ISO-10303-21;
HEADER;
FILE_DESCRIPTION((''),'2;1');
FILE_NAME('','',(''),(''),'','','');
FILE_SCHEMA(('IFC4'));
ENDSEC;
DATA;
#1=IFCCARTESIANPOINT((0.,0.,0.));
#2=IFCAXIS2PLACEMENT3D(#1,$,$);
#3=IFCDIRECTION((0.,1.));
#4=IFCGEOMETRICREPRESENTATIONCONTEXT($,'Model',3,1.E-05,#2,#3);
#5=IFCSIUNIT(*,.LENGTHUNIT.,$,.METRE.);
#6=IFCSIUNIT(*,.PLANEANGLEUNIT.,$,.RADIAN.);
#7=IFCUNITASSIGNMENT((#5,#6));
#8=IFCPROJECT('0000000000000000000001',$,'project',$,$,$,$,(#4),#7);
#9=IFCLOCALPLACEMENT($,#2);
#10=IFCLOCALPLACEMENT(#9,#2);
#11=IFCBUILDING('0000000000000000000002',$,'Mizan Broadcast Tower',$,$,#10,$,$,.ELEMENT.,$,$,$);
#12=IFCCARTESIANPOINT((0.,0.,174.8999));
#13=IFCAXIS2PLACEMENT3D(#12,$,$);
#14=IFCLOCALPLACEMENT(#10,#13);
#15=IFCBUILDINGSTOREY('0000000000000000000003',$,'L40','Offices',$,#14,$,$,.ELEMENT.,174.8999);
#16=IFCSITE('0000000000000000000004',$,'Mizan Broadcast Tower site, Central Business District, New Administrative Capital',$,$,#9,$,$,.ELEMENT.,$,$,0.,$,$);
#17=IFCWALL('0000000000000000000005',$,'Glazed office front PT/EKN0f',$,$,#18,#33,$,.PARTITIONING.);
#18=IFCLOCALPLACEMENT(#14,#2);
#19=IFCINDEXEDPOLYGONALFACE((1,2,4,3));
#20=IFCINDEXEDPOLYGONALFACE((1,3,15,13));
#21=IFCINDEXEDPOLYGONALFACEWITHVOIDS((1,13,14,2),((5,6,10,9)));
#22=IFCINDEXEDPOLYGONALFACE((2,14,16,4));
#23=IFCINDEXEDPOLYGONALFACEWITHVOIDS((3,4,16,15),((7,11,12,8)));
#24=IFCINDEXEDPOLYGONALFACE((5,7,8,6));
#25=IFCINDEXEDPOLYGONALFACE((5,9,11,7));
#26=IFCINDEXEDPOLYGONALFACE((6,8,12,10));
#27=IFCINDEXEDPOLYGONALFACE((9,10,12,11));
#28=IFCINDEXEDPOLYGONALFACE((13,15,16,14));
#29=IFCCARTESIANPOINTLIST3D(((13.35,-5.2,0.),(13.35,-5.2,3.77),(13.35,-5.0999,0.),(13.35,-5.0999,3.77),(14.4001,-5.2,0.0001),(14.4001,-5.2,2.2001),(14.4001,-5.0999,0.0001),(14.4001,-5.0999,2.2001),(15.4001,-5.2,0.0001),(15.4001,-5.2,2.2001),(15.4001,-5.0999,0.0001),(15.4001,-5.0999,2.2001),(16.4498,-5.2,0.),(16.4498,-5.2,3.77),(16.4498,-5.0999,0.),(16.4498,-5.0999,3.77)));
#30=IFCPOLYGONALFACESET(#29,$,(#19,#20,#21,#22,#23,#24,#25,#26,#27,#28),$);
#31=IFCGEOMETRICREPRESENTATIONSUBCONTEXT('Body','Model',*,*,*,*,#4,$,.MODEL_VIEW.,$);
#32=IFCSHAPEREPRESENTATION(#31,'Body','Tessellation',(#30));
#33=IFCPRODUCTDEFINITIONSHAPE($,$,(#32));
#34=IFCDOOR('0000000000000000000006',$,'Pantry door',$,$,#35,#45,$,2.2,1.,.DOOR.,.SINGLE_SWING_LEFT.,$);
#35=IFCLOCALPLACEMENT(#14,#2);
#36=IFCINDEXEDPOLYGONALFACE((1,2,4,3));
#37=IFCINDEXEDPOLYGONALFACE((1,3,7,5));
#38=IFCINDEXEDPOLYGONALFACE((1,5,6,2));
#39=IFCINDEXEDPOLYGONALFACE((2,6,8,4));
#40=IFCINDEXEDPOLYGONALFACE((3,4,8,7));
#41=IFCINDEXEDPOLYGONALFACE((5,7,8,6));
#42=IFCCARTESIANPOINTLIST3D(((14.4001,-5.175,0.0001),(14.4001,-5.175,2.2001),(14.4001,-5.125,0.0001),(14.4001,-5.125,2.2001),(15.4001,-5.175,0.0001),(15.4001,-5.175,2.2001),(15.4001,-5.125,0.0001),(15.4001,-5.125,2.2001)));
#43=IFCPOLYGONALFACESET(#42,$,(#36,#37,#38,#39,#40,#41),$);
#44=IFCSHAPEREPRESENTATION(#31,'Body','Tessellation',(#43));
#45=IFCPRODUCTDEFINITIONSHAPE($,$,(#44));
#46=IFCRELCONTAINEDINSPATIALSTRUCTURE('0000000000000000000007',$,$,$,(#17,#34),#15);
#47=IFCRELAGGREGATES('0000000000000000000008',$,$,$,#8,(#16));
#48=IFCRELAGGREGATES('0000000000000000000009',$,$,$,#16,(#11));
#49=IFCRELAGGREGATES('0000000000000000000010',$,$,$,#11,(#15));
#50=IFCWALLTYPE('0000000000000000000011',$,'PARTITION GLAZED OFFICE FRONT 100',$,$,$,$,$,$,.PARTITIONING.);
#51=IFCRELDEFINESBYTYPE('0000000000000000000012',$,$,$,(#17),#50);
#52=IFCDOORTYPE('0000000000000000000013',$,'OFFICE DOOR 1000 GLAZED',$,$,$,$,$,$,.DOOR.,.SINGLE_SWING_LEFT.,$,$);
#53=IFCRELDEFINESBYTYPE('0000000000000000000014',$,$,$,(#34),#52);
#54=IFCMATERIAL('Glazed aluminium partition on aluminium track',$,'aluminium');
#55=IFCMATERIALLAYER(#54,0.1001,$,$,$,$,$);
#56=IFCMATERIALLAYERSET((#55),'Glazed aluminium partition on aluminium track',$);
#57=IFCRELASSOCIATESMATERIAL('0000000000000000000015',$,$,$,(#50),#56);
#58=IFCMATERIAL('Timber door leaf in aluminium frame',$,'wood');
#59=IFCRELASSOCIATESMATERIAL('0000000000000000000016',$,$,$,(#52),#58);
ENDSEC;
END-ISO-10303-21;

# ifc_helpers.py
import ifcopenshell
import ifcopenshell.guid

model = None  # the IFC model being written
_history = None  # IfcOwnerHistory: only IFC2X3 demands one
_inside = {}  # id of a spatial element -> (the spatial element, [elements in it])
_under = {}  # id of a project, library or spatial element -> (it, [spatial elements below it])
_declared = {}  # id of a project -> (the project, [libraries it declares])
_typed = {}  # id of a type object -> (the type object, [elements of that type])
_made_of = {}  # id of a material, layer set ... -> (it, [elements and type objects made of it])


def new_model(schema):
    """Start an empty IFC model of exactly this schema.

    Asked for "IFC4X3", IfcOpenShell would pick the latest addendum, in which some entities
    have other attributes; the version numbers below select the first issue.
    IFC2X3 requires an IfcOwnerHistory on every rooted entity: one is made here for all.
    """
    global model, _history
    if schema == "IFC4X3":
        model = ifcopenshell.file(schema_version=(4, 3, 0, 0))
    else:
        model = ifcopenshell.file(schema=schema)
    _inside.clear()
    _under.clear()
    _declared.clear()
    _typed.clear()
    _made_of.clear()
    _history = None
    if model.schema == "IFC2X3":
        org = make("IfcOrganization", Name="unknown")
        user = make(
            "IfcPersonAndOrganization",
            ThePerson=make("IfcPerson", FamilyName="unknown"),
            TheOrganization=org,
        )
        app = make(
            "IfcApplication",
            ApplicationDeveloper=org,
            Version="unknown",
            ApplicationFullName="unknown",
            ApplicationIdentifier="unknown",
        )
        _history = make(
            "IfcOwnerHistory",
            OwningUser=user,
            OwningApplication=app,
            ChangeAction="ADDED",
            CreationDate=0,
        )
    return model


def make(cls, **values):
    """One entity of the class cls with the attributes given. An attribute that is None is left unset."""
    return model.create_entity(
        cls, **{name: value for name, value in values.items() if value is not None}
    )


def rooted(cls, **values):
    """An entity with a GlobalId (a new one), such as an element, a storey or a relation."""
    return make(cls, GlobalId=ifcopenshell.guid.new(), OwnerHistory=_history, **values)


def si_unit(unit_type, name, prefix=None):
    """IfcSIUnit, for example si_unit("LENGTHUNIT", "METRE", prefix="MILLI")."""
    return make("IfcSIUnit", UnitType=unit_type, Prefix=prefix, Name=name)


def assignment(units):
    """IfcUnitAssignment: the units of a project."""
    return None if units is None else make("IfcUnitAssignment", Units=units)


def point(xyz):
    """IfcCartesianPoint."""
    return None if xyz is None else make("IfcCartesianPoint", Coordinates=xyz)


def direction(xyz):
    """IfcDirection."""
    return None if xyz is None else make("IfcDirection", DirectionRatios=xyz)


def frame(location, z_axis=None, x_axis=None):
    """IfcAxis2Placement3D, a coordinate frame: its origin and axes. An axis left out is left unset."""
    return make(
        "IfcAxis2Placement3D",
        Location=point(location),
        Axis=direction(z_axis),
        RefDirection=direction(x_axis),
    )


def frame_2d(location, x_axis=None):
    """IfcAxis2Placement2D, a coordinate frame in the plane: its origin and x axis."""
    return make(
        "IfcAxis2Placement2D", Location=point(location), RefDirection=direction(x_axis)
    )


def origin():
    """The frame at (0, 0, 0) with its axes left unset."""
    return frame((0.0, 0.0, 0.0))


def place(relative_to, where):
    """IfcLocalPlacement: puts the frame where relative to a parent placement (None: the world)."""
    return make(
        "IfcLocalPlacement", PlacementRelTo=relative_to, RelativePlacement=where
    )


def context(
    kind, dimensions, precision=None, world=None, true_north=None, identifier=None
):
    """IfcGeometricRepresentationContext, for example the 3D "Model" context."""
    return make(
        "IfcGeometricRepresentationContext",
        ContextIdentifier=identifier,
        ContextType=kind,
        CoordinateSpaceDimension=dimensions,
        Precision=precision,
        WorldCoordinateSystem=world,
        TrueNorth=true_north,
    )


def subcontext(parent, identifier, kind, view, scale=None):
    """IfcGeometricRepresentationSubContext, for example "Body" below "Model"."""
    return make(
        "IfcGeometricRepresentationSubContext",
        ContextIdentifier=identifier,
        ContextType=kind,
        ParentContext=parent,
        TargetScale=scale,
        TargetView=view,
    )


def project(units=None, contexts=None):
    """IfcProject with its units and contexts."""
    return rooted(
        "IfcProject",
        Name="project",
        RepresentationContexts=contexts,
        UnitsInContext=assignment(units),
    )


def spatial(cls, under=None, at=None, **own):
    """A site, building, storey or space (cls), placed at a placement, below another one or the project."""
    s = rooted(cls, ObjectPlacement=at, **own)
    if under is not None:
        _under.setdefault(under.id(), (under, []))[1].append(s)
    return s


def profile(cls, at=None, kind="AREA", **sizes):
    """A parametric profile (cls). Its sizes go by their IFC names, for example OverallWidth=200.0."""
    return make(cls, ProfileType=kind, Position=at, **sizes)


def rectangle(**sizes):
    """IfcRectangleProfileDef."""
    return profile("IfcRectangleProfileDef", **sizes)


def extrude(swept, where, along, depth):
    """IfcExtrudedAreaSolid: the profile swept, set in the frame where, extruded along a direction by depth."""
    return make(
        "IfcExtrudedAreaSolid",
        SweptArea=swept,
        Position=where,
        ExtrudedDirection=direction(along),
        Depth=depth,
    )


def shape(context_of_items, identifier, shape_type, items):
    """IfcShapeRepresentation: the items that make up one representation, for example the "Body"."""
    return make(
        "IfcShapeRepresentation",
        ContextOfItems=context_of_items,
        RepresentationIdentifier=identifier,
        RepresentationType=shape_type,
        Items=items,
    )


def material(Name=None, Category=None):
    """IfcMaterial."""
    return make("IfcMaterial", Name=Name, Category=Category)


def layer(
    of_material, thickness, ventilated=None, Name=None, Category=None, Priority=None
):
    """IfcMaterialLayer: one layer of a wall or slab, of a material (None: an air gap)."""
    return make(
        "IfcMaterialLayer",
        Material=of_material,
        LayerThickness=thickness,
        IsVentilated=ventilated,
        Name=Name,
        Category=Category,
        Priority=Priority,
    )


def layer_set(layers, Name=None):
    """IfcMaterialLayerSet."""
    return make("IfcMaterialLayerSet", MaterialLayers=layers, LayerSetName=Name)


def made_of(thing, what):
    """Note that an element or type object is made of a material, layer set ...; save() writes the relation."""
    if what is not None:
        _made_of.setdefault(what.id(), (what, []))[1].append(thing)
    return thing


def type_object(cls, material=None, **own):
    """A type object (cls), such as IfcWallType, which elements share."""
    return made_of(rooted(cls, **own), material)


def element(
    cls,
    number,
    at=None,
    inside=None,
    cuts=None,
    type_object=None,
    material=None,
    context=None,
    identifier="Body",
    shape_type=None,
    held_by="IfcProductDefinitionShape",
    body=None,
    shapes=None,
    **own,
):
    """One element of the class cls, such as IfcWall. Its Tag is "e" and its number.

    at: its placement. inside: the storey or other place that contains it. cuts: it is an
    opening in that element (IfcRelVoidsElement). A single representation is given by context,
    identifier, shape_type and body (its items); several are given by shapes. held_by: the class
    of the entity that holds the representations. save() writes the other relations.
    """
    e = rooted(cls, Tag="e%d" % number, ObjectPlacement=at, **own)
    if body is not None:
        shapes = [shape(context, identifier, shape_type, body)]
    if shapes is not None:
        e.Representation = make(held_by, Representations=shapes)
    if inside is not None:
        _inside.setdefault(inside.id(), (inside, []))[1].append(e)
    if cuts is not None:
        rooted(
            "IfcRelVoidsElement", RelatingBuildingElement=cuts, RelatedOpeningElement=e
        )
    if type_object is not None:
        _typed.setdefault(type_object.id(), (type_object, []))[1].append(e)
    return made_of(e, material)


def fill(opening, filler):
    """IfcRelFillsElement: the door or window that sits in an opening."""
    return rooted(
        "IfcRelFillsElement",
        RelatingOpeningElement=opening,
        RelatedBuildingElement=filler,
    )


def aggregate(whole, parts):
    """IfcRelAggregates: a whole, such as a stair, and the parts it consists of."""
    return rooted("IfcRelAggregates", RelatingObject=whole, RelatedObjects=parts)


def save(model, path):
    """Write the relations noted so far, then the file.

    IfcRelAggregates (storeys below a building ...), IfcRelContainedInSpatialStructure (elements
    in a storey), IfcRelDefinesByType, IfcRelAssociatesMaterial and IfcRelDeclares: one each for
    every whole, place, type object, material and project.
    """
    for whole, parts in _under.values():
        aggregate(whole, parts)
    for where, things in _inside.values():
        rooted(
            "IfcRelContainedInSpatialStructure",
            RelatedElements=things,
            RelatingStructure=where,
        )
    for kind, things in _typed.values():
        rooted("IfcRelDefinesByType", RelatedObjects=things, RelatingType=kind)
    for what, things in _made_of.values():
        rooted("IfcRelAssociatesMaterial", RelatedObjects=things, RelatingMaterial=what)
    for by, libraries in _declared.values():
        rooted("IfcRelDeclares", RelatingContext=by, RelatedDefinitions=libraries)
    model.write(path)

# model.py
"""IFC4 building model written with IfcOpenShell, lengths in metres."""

from ifc_helpers import new_model, si_unit, direction, frame, frame_2d, origin, place, context, subcontext, project, spatial, rectangle, extrude, material, layer, layer_set, type_object, element, fill, save


model = new_model("IFC4")

# Units and contexts
model_context = context("Model", 3, precision=1e-05, world=origin(), true_north=direction((0.0, 1.0)))
body_context = subcontext(model_context, "Body", "Model", "MODEL_VIEW")
ifc_project = project(units=[si_unit("LENGTHUNIT", "METRE"), si_unit("PLANEANGLEUNIT", "RADIAN")], contexts=[model_context])

# Site, building, storey
site_placement = place(None, origin())
site = spatial("IfcSite", under=ifc_project, at=site_placement, Name="Mizan Broadcast Tower site, Central Business District, New Administrative Capital", CompositionType="ELEMENT", RefElevation=0.0)
building_placement = place(site_placement, origin())
building = spatial("IfcBuilding", under=site, at=building_placement, Name="Mizan Broadcast Tower", CompositionType="ELEMENT")
storey_placement = place(building_placement, frame((0.0, 0.0, 174.8999)))
storey = spatial("IfcBuildingStorey", under=building, at=storey_placement, Name="L40", Description="Offices", CompositionType="ELEMENT", Elevation=174.8999)

# Shared definitions
ifc_material_1 = material(Name="Glazed aluminium partition on aluminium track", Category="aluminium")
ifc_layer_1 = layer(ifc_material_1, 0.1001)
ifc_layer_set_1 = layer_set([ifc_layer_1], Name="Glazed aluminium partition on aluminium track")
wall_type_1 = type_object("IfcWallType", Name="PARTITION GLAZED OFFICE FRONT 100", PredefinedType="PARTITIONING", material=ifc_layer_set_1)

# Wall, opening, door
wall_1_placement = place(storey_placement, frame((13.3501, -5.1499, 0.0), z_axis=(0.0, 0.0, 1.0), x_axis=(1.0, 0.0, 0.0)))
wall_1 = element("IfcWall", 1, at=wall_1_placement, inside=storey, type_object=wall_type_1, Name="Glazed office front PT/EKN0f", PredefinedType="PARTITIONING", context=body_context, shape_type="SweptSolid", body=[
    extrude(rectangle(XDim=3.0999, YDim=0.1001, at=frame_2d((1.5498, 0.0))), origin(), (0.0, 0.0, 1.0), 3.77),
])
opening_1_placement = place(wall_1_placement, frame((1.05, 0.0, 0.0)))
opening_1 = element("IfcOpeningElement", 2, at=opening_1_placement, cuts=wall_1, PredefinedType="OPENING", context=body_context, shape_type="SweptSolid", body=[
    extrude(rectangle(XDim=1.0, YDim=2.2, at=frame_2d((0.5, 1.1001))), frame((0.0, 0.0601, 0.0), z_axis=(0.0, -1.0, 0.0), x_axis=(1.0, 0.0, 0.0)), (0.0, 0.0, 1.0), 0.1201),
])
ifc_material_2 = material(Name="Timber door leaf in aluminium frame", Category="wood")
door_type_1 = type_object("IfcDoorType", Name="OFFICE DOOR 1000 GLAZED", OperationType="SINGLE_SWING_LEFT", PredefinedType="DOOR", material=ifc_material_2)
door_1_placement = place(opening_1_placement, origin())
door_1 = element("IfcDoor", 3, at=door_1_placement, inside=storey, type_object=door_type_1, Name="Pantry door", OperationType="SINGLE_SWING_LEFT", OverallHeight=2.2, OverallWidth=1.0, PredefinedType="DOOR", context=body_context, shape_type="SweptSolid", body=[
    extrude(rectangle(XDim=1.0, YDim=2.2, at=frame_2d((0.5, 1.1001))), frame((0.0, 0.0249, 0.0), z_axis=(0.0, -1.0, 0.0), x_axis=(1.0, 0.0, 0.0)), (0.0, 0.0, 1.0), 0.05),
])
fill(opening_1, door_1)

save(model, "model.ifc")
